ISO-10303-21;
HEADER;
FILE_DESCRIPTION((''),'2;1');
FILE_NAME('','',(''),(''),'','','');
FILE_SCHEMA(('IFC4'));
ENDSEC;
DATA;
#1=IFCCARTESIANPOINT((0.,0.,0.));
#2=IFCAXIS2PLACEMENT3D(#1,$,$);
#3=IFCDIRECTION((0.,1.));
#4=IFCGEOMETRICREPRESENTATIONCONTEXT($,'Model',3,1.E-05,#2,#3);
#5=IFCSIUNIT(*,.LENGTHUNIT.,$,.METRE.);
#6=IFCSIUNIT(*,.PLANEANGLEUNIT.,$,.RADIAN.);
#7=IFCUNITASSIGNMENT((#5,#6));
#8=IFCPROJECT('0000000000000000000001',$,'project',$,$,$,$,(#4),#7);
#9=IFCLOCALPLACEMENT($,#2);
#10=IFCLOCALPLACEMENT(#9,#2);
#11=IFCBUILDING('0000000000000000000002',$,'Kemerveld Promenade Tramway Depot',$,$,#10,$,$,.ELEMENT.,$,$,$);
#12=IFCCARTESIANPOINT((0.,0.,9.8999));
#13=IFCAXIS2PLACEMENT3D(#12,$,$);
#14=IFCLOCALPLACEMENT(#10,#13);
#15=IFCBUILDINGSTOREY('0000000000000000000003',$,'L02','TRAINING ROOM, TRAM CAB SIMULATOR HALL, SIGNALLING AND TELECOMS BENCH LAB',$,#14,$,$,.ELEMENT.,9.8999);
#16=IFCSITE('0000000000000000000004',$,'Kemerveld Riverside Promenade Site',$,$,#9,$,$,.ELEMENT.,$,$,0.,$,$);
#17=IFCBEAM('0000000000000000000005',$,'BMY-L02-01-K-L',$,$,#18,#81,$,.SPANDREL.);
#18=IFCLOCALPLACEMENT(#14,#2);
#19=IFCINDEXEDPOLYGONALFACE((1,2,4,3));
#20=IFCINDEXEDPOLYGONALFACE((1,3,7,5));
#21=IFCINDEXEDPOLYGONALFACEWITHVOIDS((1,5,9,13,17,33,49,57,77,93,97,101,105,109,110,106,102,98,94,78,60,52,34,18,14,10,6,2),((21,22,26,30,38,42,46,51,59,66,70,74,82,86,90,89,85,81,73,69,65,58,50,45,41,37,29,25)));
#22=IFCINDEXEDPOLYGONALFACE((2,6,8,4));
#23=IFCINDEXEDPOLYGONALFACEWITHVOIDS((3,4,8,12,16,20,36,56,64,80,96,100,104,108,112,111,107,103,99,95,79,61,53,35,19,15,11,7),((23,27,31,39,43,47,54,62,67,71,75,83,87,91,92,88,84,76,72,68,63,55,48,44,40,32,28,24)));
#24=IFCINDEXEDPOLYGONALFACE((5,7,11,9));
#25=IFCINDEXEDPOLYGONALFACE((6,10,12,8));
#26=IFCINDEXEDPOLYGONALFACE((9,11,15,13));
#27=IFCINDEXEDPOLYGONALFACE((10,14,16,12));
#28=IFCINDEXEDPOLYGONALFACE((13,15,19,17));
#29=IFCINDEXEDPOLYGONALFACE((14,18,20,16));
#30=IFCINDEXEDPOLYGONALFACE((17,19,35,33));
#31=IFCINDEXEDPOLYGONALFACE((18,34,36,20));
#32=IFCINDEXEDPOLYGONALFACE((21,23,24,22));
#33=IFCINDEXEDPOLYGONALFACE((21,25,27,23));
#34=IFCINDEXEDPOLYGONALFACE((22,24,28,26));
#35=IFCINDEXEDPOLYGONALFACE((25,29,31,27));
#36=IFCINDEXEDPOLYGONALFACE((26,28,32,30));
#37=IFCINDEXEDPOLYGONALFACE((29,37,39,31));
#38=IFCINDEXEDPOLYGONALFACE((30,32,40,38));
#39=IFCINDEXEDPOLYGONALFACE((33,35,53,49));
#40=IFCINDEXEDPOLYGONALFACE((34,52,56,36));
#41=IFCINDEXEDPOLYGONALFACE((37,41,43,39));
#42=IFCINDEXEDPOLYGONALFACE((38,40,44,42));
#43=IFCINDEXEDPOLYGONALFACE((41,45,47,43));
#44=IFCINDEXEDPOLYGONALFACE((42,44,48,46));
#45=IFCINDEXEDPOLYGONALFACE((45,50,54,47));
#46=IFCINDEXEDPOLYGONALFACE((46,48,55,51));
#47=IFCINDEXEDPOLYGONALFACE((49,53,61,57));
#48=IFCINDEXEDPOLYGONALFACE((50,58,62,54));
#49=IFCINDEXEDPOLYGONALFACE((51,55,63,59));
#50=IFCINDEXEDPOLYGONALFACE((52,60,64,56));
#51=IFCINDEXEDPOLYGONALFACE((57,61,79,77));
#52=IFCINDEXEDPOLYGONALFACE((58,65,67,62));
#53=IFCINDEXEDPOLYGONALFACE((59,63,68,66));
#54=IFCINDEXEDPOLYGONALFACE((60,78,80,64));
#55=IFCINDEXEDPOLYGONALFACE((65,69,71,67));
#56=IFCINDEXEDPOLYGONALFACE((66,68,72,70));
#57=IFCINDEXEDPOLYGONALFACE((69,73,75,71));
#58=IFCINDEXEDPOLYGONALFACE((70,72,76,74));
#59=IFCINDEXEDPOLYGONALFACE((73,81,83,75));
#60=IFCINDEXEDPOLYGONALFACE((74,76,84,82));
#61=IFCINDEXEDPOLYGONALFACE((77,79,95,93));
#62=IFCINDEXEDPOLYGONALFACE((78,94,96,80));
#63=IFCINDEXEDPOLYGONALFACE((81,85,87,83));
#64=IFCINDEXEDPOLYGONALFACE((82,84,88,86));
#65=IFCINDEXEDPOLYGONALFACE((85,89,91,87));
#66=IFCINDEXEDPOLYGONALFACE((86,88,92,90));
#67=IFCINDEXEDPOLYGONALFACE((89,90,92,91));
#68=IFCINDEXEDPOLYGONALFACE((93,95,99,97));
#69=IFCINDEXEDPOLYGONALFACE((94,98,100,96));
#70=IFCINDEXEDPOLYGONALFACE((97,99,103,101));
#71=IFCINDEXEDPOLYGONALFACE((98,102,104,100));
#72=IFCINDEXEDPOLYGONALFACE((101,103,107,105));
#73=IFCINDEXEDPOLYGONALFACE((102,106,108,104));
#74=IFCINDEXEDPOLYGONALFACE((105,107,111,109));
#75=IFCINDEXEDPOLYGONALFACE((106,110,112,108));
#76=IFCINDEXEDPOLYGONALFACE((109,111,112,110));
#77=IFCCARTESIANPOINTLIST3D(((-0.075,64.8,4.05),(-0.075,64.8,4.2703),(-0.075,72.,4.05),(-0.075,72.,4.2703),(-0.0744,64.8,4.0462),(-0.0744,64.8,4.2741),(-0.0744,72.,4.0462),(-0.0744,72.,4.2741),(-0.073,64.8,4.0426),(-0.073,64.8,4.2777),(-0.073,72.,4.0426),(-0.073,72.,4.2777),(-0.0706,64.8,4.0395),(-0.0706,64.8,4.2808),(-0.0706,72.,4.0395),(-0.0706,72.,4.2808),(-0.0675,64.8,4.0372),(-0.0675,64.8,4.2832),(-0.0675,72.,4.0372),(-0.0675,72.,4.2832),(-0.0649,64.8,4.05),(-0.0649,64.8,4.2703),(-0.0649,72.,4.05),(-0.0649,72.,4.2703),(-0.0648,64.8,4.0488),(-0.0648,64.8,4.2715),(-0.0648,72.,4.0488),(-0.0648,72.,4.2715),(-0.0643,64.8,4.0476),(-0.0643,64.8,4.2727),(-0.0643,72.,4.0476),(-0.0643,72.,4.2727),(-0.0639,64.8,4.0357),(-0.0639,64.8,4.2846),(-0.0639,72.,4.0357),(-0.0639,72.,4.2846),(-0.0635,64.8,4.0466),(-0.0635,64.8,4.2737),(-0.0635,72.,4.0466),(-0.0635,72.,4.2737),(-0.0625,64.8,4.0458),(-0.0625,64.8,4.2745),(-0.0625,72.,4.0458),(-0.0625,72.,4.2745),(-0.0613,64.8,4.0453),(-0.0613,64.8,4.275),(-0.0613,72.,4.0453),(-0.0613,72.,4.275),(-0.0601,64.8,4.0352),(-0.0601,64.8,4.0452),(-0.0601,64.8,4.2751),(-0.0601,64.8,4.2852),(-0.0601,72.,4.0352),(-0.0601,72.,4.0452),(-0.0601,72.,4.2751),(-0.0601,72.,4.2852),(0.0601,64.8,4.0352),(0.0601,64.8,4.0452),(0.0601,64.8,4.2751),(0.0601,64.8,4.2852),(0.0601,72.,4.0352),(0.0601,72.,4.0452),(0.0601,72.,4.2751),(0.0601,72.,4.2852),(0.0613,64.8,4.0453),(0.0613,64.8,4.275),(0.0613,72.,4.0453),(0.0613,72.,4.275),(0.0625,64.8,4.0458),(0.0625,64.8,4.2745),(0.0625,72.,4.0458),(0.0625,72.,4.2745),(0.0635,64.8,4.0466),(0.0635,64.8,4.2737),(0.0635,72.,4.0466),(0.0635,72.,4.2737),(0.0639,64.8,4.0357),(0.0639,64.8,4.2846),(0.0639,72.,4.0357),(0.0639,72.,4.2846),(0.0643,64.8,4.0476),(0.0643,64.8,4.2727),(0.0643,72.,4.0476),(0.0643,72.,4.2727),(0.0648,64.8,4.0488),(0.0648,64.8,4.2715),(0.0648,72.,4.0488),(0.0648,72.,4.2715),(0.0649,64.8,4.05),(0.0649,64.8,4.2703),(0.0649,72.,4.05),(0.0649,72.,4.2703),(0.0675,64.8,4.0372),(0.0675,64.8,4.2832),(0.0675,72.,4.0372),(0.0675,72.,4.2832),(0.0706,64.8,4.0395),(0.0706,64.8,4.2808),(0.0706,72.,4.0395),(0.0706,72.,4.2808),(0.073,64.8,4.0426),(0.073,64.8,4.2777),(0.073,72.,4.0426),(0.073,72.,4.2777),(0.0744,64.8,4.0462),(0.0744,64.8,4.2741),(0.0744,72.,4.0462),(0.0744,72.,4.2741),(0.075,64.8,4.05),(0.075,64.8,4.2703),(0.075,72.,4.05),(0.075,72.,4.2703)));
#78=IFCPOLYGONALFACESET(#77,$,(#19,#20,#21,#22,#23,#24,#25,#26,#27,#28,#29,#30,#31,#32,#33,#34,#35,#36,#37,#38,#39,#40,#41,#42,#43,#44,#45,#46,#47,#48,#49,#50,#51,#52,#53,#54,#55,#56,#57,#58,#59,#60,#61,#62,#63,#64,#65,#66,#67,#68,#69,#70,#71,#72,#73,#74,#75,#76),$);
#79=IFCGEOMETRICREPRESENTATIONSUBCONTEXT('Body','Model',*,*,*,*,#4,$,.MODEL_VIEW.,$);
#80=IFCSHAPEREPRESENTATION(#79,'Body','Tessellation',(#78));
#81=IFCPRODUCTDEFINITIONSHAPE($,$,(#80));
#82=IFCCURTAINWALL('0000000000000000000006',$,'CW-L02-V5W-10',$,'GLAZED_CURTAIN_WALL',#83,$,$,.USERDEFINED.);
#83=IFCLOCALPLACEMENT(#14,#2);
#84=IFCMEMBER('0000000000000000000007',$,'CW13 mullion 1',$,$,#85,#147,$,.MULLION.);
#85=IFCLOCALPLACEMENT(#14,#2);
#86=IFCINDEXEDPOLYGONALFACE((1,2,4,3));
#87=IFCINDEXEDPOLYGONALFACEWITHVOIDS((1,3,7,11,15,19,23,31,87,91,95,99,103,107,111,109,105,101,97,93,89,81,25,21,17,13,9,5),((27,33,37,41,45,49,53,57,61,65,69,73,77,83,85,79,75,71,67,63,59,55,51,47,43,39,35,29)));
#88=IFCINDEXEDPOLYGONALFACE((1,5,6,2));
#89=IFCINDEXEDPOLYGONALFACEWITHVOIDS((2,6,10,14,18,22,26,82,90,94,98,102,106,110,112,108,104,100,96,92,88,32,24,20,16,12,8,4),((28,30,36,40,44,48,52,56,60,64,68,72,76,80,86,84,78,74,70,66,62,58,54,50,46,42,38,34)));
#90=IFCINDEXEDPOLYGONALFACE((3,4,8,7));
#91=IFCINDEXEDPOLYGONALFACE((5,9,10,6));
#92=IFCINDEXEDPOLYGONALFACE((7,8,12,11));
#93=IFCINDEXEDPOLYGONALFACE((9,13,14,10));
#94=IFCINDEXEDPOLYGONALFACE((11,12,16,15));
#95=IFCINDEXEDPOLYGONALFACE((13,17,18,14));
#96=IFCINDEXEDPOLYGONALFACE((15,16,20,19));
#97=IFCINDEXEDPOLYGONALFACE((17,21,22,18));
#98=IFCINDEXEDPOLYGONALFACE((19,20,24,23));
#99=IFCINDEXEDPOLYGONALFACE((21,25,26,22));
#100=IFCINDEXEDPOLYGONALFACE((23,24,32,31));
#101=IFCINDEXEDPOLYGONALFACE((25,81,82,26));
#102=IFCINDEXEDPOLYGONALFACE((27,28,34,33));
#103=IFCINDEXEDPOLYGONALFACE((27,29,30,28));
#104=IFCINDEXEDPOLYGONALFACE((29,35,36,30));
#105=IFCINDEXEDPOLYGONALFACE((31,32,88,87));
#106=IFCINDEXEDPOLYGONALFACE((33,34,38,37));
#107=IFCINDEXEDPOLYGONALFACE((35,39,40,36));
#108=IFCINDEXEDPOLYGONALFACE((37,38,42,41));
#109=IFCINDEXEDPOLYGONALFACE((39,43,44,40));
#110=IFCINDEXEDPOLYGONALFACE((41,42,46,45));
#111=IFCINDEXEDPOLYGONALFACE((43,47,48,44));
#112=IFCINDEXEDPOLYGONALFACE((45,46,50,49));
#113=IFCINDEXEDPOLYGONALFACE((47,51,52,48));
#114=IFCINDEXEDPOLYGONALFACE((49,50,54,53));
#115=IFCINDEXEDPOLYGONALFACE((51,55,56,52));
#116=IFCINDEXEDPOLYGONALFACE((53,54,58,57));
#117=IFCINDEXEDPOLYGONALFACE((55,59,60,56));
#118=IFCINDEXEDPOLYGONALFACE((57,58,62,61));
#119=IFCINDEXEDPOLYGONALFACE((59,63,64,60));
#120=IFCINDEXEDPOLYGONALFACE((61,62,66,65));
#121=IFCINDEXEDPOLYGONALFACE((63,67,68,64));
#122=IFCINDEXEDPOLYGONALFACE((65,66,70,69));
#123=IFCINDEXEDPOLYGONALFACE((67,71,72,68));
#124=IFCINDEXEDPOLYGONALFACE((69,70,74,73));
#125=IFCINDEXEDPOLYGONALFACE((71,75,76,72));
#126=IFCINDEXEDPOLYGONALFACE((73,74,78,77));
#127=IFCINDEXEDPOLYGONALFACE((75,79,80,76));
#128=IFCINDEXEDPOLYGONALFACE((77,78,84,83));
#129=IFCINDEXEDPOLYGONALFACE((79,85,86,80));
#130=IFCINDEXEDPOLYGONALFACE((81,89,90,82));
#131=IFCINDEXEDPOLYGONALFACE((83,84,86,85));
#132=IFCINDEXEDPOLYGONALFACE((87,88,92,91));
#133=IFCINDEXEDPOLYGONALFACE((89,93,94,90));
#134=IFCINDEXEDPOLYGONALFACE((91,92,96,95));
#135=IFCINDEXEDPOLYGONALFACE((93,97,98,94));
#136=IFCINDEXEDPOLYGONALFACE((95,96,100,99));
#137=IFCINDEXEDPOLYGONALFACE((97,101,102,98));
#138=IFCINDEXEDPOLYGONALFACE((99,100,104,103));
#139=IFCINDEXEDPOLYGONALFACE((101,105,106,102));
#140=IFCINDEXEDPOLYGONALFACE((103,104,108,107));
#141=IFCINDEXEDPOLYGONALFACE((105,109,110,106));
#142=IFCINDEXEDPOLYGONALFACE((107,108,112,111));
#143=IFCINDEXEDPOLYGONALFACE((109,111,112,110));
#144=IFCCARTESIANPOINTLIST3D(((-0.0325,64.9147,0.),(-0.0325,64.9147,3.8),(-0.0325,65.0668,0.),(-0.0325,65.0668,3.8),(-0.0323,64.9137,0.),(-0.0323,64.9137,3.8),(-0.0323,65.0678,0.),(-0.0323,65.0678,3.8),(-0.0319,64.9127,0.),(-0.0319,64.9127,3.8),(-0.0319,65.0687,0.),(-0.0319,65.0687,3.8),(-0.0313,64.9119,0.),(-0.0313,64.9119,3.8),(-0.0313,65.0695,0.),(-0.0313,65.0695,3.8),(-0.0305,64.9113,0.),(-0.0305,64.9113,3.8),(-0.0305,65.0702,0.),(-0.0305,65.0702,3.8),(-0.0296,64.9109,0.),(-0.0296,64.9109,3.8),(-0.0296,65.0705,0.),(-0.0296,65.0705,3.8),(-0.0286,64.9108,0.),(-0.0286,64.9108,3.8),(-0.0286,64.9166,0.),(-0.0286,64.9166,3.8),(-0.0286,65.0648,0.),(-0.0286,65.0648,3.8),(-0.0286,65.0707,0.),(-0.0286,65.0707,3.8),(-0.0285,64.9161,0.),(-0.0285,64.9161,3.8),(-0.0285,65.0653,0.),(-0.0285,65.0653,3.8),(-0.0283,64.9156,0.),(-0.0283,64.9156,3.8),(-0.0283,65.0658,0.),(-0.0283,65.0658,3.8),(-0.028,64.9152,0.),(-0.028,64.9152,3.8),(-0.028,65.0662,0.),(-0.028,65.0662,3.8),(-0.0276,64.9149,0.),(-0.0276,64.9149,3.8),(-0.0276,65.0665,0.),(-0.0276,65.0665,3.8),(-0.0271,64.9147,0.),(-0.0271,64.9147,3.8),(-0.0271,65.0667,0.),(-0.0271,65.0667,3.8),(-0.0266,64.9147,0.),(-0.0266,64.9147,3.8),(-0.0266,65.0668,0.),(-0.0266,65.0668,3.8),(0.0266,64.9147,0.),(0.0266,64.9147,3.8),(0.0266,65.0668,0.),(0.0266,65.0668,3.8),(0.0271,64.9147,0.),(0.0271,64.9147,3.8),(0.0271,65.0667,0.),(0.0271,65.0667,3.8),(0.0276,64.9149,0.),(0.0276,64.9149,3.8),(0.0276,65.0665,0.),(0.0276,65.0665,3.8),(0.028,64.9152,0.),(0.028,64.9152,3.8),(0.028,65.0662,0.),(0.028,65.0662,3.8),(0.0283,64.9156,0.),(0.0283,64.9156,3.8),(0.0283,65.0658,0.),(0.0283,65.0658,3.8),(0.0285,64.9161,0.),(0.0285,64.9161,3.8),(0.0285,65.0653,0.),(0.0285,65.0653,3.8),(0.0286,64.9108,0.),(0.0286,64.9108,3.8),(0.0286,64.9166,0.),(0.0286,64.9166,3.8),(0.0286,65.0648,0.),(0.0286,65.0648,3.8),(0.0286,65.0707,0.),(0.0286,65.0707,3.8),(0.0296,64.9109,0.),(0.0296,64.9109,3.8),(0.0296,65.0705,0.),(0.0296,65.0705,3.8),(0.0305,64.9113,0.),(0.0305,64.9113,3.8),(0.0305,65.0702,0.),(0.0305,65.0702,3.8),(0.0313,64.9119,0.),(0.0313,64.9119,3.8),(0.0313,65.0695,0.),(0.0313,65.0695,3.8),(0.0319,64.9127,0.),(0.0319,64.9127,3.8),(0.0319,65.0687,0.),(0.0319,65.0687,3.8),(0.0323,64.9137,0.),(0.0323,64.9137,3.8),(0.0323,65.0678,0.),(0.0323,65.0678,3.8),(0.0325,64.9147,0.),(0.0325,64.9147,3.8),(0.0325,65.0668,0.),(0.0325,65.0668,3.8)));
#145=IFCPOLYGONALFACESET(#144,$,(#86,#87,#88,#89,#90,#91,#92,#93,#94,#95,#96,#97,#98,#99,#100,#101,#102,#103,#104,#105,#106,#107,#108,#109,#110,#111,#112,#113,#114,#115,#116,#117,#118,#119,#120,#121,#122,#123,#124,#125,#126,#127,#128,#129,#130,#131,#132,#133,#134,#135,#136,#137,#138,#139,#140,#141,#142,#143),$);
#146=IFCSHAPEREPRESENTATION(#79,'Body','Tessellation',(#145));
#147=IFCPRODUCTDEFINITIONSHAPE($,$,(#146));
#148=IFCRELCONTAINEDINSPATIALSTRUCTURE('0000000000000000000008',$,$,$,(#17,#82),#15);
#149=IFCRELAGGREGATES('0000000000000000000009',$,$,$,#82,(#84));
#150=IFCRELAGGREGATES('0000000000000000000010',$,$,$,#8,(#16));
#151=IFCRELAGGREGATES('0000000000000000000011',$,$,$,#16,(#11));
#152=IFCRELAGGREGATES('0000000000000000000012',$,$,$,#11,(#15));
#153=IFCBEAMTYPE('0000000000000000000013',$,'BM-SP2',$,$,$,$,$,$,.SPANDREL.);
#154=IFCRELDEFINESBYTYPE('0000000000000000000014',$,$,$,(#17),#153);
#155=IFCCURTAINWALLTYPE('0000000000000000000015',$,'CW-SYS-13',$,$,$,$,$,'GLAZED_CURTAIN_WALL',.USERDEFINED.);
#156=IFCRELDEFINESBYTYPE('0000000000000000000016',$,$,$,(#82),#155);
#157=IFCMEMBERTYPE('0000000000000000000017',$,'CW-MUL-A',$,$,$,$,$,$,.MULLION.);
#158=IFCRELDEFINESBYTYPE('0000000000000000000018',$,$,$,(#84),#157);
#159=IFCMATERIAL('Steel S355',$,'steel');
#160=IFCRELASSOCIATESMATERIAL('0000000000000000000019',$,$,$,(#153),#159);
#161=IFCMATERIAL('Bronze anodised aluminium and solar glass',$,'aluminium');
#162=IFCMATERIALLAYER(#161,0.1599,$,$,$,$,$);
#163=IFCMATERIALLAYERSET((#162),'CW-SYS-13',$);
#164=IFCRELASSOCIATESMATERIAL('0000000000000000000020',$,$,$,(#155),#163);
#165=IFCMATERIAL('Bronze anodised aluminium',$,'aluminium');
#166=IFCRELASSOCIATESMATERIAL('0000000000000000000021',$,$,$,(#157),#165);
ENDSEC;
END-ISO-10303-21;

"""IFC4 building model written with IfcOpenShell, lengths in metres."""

from ifc_helpers import new_model, si_unit, direction, frame, origin, origin_2d, place, context, subcontext, project, spatial, hollow_rectangle, extrude, material, layer, layer_set, material_profile, profile_set, type_object, element, aggregate, save


model = new_model("IFC4")

# Units and contexts
model_context = context("Model", 3, precision=1e-05, world=origin(), true_north=direction((0.0, 1.0)))
body_context = subcontext(model_context, "Body", "Model", "MODEL_VIEW")
ifc_project = project(units=[si_unit("LENGTHUNIT", "METRE"), si_unit("PLANEANGLEUNIT", "RADIAN")], contexts=[model_context])

# Site, building, storey
site_placement = place(None, origin())
site = spatial("IfcSite", under=ifc_project, at=site_placement, Name="Kemerveld Riverside Promenade Site", CompositionType="ELEMENT", RefElevation=0.0)
building_placement = place(site_placement, origin())
building = spatial("IfcBuilding", under=site, at=building_placement, Name="Kemerveld Promenade Tramway Depot", CompositionType="ELEMENT")
storey_placement = place(building_placement, frame((0.0, 0.0, 9.8999)))
storey = spatial("IfcBuildingStorey", under=building, at=storey_placement, Name="L02", Description="TRAINING ROOM, TRAM CAB SIMULATOR HALL, SIGNALLING AND TELECOMS BENCH LAB", CompositionType="ELEMENT", Elevation=9.8999)

# Shared definitions
ifc_material_1 = material(Name="Steel S355", Category="steel")

# Beam
ifc_material_profile_1 = material_profile(ifc_material_1, hollow_rectangle(XDim=0.1499, YDim=0.25, WallThickness=0.01, InnerFilletRadius=0.0049, OuterFilletRadius=0.0149, at=origin_2d()), Name="250x150x10.0 RHS")
ifc_profile_set_1 = profile_set([ifc_material_profile_1], Name="Steel S355")
beam_type_1 = type_object("IfcBeamType", Name="BM-SP2", PredefinedType="SPANDREL", material=ifc_profile_set_1)
beam_1_placement = place(storey_placement, frame((0.0, 64.8, 4.1602), z_axis=(0.0, 1.0, 0.0), x_axis=(-1.0, 0.0, 0.0)))
element("IfcBeam", 1, at=beam_1_placement, inside=storey, type_object=beam_type_1, Name="BMY-L02-01-K-L", PredefinedType="SPANDREL", context=body_context, shape_type="SweptSolid", body=[
    extrude(hollow_rectangle(XDim=0.1499, YDim=0.25, WallThickness=0.01, InnerFilletRadius=0.0049, OuterFilletRadius=0.0149, at=origin_2d()), origin(), (0.0, 0.0, 1.0), 7.2),
])

# Curtain wall, member
ifc_material_2 = material(Name="Bronze anodised aluminium and solar glass", Category="aluminium")
ifc_layer_1 = layer(ifc_material_2, 0.1599)
ifc_layer_set_1 = layer_set([ifc_layer_1], Name="CW-SYS-13")
curtain_wall_type = type_object("IfcCurtainWallType", Name="CW-SYS-13", ElementType="GLAZED_CURTAIN_WALL", PredefinedType="USERDEFINED", material=ifc_layer_set_1)
curtain_wall_placement = place(storey_placement, origin())
curtain_wall = element("IfcCurtainWall", 2, at=curtain_wall_placement, inside=storey, type_object=curtain_wall_type, Name="CW-L02-V5W-10", ObjectType="GLAZED_CURTAIN_WALL", PredefinedType="USERDEFINED")
ifc_material_3 = material(Name="Bronze anodised aluminium", Category="aluminium")
ifc_material_profile_2 = material_profile(ifc_material_3, hollow_rectangle(XDim=0.0649, YDim=0.1599, WallThickness=0.0039, InnerFilletRadius=0.002, OuterFilletRadius=0.0039, at=origin_2d()), Name="CW-MUL-160x65")
ifc_profile_set_2 = profile_set([ifc_material_profile_2], Name="Bronze anodised aluminium")
member_type_1 = type_object("IfcMemberType", Name="CW-MUL-A", PredefinedType="MULLION", material=ifc_profile_set_2)
member_1_placement = place(storey_placement, frame((0.0, 64.9907, 0.0), z_axis=(0.0, 0.0, 1.0), x_axis=(-1.0, 0.0, 0.0)))
member_1 = element("IfcMember", 3, at=member_1_placement, type_object=member_type_1, Name="CW13 mullion 1", PredefinedType="MULLION", context=body_context, shape_type="SweptSolid", body=[
    extrude(hollow_rectangle(XDim=0.0649, YDim=0.1599, WallThickness=0.0039, InnerFilletRadius=0.002, OuterFilletRadius=0.0039, at=origin_2d()), origin(), (0.0, 0.0, 1.0), 3.8),
])
aggregate(curtain_wall, [member_1])

save(model, "model.ifc")
